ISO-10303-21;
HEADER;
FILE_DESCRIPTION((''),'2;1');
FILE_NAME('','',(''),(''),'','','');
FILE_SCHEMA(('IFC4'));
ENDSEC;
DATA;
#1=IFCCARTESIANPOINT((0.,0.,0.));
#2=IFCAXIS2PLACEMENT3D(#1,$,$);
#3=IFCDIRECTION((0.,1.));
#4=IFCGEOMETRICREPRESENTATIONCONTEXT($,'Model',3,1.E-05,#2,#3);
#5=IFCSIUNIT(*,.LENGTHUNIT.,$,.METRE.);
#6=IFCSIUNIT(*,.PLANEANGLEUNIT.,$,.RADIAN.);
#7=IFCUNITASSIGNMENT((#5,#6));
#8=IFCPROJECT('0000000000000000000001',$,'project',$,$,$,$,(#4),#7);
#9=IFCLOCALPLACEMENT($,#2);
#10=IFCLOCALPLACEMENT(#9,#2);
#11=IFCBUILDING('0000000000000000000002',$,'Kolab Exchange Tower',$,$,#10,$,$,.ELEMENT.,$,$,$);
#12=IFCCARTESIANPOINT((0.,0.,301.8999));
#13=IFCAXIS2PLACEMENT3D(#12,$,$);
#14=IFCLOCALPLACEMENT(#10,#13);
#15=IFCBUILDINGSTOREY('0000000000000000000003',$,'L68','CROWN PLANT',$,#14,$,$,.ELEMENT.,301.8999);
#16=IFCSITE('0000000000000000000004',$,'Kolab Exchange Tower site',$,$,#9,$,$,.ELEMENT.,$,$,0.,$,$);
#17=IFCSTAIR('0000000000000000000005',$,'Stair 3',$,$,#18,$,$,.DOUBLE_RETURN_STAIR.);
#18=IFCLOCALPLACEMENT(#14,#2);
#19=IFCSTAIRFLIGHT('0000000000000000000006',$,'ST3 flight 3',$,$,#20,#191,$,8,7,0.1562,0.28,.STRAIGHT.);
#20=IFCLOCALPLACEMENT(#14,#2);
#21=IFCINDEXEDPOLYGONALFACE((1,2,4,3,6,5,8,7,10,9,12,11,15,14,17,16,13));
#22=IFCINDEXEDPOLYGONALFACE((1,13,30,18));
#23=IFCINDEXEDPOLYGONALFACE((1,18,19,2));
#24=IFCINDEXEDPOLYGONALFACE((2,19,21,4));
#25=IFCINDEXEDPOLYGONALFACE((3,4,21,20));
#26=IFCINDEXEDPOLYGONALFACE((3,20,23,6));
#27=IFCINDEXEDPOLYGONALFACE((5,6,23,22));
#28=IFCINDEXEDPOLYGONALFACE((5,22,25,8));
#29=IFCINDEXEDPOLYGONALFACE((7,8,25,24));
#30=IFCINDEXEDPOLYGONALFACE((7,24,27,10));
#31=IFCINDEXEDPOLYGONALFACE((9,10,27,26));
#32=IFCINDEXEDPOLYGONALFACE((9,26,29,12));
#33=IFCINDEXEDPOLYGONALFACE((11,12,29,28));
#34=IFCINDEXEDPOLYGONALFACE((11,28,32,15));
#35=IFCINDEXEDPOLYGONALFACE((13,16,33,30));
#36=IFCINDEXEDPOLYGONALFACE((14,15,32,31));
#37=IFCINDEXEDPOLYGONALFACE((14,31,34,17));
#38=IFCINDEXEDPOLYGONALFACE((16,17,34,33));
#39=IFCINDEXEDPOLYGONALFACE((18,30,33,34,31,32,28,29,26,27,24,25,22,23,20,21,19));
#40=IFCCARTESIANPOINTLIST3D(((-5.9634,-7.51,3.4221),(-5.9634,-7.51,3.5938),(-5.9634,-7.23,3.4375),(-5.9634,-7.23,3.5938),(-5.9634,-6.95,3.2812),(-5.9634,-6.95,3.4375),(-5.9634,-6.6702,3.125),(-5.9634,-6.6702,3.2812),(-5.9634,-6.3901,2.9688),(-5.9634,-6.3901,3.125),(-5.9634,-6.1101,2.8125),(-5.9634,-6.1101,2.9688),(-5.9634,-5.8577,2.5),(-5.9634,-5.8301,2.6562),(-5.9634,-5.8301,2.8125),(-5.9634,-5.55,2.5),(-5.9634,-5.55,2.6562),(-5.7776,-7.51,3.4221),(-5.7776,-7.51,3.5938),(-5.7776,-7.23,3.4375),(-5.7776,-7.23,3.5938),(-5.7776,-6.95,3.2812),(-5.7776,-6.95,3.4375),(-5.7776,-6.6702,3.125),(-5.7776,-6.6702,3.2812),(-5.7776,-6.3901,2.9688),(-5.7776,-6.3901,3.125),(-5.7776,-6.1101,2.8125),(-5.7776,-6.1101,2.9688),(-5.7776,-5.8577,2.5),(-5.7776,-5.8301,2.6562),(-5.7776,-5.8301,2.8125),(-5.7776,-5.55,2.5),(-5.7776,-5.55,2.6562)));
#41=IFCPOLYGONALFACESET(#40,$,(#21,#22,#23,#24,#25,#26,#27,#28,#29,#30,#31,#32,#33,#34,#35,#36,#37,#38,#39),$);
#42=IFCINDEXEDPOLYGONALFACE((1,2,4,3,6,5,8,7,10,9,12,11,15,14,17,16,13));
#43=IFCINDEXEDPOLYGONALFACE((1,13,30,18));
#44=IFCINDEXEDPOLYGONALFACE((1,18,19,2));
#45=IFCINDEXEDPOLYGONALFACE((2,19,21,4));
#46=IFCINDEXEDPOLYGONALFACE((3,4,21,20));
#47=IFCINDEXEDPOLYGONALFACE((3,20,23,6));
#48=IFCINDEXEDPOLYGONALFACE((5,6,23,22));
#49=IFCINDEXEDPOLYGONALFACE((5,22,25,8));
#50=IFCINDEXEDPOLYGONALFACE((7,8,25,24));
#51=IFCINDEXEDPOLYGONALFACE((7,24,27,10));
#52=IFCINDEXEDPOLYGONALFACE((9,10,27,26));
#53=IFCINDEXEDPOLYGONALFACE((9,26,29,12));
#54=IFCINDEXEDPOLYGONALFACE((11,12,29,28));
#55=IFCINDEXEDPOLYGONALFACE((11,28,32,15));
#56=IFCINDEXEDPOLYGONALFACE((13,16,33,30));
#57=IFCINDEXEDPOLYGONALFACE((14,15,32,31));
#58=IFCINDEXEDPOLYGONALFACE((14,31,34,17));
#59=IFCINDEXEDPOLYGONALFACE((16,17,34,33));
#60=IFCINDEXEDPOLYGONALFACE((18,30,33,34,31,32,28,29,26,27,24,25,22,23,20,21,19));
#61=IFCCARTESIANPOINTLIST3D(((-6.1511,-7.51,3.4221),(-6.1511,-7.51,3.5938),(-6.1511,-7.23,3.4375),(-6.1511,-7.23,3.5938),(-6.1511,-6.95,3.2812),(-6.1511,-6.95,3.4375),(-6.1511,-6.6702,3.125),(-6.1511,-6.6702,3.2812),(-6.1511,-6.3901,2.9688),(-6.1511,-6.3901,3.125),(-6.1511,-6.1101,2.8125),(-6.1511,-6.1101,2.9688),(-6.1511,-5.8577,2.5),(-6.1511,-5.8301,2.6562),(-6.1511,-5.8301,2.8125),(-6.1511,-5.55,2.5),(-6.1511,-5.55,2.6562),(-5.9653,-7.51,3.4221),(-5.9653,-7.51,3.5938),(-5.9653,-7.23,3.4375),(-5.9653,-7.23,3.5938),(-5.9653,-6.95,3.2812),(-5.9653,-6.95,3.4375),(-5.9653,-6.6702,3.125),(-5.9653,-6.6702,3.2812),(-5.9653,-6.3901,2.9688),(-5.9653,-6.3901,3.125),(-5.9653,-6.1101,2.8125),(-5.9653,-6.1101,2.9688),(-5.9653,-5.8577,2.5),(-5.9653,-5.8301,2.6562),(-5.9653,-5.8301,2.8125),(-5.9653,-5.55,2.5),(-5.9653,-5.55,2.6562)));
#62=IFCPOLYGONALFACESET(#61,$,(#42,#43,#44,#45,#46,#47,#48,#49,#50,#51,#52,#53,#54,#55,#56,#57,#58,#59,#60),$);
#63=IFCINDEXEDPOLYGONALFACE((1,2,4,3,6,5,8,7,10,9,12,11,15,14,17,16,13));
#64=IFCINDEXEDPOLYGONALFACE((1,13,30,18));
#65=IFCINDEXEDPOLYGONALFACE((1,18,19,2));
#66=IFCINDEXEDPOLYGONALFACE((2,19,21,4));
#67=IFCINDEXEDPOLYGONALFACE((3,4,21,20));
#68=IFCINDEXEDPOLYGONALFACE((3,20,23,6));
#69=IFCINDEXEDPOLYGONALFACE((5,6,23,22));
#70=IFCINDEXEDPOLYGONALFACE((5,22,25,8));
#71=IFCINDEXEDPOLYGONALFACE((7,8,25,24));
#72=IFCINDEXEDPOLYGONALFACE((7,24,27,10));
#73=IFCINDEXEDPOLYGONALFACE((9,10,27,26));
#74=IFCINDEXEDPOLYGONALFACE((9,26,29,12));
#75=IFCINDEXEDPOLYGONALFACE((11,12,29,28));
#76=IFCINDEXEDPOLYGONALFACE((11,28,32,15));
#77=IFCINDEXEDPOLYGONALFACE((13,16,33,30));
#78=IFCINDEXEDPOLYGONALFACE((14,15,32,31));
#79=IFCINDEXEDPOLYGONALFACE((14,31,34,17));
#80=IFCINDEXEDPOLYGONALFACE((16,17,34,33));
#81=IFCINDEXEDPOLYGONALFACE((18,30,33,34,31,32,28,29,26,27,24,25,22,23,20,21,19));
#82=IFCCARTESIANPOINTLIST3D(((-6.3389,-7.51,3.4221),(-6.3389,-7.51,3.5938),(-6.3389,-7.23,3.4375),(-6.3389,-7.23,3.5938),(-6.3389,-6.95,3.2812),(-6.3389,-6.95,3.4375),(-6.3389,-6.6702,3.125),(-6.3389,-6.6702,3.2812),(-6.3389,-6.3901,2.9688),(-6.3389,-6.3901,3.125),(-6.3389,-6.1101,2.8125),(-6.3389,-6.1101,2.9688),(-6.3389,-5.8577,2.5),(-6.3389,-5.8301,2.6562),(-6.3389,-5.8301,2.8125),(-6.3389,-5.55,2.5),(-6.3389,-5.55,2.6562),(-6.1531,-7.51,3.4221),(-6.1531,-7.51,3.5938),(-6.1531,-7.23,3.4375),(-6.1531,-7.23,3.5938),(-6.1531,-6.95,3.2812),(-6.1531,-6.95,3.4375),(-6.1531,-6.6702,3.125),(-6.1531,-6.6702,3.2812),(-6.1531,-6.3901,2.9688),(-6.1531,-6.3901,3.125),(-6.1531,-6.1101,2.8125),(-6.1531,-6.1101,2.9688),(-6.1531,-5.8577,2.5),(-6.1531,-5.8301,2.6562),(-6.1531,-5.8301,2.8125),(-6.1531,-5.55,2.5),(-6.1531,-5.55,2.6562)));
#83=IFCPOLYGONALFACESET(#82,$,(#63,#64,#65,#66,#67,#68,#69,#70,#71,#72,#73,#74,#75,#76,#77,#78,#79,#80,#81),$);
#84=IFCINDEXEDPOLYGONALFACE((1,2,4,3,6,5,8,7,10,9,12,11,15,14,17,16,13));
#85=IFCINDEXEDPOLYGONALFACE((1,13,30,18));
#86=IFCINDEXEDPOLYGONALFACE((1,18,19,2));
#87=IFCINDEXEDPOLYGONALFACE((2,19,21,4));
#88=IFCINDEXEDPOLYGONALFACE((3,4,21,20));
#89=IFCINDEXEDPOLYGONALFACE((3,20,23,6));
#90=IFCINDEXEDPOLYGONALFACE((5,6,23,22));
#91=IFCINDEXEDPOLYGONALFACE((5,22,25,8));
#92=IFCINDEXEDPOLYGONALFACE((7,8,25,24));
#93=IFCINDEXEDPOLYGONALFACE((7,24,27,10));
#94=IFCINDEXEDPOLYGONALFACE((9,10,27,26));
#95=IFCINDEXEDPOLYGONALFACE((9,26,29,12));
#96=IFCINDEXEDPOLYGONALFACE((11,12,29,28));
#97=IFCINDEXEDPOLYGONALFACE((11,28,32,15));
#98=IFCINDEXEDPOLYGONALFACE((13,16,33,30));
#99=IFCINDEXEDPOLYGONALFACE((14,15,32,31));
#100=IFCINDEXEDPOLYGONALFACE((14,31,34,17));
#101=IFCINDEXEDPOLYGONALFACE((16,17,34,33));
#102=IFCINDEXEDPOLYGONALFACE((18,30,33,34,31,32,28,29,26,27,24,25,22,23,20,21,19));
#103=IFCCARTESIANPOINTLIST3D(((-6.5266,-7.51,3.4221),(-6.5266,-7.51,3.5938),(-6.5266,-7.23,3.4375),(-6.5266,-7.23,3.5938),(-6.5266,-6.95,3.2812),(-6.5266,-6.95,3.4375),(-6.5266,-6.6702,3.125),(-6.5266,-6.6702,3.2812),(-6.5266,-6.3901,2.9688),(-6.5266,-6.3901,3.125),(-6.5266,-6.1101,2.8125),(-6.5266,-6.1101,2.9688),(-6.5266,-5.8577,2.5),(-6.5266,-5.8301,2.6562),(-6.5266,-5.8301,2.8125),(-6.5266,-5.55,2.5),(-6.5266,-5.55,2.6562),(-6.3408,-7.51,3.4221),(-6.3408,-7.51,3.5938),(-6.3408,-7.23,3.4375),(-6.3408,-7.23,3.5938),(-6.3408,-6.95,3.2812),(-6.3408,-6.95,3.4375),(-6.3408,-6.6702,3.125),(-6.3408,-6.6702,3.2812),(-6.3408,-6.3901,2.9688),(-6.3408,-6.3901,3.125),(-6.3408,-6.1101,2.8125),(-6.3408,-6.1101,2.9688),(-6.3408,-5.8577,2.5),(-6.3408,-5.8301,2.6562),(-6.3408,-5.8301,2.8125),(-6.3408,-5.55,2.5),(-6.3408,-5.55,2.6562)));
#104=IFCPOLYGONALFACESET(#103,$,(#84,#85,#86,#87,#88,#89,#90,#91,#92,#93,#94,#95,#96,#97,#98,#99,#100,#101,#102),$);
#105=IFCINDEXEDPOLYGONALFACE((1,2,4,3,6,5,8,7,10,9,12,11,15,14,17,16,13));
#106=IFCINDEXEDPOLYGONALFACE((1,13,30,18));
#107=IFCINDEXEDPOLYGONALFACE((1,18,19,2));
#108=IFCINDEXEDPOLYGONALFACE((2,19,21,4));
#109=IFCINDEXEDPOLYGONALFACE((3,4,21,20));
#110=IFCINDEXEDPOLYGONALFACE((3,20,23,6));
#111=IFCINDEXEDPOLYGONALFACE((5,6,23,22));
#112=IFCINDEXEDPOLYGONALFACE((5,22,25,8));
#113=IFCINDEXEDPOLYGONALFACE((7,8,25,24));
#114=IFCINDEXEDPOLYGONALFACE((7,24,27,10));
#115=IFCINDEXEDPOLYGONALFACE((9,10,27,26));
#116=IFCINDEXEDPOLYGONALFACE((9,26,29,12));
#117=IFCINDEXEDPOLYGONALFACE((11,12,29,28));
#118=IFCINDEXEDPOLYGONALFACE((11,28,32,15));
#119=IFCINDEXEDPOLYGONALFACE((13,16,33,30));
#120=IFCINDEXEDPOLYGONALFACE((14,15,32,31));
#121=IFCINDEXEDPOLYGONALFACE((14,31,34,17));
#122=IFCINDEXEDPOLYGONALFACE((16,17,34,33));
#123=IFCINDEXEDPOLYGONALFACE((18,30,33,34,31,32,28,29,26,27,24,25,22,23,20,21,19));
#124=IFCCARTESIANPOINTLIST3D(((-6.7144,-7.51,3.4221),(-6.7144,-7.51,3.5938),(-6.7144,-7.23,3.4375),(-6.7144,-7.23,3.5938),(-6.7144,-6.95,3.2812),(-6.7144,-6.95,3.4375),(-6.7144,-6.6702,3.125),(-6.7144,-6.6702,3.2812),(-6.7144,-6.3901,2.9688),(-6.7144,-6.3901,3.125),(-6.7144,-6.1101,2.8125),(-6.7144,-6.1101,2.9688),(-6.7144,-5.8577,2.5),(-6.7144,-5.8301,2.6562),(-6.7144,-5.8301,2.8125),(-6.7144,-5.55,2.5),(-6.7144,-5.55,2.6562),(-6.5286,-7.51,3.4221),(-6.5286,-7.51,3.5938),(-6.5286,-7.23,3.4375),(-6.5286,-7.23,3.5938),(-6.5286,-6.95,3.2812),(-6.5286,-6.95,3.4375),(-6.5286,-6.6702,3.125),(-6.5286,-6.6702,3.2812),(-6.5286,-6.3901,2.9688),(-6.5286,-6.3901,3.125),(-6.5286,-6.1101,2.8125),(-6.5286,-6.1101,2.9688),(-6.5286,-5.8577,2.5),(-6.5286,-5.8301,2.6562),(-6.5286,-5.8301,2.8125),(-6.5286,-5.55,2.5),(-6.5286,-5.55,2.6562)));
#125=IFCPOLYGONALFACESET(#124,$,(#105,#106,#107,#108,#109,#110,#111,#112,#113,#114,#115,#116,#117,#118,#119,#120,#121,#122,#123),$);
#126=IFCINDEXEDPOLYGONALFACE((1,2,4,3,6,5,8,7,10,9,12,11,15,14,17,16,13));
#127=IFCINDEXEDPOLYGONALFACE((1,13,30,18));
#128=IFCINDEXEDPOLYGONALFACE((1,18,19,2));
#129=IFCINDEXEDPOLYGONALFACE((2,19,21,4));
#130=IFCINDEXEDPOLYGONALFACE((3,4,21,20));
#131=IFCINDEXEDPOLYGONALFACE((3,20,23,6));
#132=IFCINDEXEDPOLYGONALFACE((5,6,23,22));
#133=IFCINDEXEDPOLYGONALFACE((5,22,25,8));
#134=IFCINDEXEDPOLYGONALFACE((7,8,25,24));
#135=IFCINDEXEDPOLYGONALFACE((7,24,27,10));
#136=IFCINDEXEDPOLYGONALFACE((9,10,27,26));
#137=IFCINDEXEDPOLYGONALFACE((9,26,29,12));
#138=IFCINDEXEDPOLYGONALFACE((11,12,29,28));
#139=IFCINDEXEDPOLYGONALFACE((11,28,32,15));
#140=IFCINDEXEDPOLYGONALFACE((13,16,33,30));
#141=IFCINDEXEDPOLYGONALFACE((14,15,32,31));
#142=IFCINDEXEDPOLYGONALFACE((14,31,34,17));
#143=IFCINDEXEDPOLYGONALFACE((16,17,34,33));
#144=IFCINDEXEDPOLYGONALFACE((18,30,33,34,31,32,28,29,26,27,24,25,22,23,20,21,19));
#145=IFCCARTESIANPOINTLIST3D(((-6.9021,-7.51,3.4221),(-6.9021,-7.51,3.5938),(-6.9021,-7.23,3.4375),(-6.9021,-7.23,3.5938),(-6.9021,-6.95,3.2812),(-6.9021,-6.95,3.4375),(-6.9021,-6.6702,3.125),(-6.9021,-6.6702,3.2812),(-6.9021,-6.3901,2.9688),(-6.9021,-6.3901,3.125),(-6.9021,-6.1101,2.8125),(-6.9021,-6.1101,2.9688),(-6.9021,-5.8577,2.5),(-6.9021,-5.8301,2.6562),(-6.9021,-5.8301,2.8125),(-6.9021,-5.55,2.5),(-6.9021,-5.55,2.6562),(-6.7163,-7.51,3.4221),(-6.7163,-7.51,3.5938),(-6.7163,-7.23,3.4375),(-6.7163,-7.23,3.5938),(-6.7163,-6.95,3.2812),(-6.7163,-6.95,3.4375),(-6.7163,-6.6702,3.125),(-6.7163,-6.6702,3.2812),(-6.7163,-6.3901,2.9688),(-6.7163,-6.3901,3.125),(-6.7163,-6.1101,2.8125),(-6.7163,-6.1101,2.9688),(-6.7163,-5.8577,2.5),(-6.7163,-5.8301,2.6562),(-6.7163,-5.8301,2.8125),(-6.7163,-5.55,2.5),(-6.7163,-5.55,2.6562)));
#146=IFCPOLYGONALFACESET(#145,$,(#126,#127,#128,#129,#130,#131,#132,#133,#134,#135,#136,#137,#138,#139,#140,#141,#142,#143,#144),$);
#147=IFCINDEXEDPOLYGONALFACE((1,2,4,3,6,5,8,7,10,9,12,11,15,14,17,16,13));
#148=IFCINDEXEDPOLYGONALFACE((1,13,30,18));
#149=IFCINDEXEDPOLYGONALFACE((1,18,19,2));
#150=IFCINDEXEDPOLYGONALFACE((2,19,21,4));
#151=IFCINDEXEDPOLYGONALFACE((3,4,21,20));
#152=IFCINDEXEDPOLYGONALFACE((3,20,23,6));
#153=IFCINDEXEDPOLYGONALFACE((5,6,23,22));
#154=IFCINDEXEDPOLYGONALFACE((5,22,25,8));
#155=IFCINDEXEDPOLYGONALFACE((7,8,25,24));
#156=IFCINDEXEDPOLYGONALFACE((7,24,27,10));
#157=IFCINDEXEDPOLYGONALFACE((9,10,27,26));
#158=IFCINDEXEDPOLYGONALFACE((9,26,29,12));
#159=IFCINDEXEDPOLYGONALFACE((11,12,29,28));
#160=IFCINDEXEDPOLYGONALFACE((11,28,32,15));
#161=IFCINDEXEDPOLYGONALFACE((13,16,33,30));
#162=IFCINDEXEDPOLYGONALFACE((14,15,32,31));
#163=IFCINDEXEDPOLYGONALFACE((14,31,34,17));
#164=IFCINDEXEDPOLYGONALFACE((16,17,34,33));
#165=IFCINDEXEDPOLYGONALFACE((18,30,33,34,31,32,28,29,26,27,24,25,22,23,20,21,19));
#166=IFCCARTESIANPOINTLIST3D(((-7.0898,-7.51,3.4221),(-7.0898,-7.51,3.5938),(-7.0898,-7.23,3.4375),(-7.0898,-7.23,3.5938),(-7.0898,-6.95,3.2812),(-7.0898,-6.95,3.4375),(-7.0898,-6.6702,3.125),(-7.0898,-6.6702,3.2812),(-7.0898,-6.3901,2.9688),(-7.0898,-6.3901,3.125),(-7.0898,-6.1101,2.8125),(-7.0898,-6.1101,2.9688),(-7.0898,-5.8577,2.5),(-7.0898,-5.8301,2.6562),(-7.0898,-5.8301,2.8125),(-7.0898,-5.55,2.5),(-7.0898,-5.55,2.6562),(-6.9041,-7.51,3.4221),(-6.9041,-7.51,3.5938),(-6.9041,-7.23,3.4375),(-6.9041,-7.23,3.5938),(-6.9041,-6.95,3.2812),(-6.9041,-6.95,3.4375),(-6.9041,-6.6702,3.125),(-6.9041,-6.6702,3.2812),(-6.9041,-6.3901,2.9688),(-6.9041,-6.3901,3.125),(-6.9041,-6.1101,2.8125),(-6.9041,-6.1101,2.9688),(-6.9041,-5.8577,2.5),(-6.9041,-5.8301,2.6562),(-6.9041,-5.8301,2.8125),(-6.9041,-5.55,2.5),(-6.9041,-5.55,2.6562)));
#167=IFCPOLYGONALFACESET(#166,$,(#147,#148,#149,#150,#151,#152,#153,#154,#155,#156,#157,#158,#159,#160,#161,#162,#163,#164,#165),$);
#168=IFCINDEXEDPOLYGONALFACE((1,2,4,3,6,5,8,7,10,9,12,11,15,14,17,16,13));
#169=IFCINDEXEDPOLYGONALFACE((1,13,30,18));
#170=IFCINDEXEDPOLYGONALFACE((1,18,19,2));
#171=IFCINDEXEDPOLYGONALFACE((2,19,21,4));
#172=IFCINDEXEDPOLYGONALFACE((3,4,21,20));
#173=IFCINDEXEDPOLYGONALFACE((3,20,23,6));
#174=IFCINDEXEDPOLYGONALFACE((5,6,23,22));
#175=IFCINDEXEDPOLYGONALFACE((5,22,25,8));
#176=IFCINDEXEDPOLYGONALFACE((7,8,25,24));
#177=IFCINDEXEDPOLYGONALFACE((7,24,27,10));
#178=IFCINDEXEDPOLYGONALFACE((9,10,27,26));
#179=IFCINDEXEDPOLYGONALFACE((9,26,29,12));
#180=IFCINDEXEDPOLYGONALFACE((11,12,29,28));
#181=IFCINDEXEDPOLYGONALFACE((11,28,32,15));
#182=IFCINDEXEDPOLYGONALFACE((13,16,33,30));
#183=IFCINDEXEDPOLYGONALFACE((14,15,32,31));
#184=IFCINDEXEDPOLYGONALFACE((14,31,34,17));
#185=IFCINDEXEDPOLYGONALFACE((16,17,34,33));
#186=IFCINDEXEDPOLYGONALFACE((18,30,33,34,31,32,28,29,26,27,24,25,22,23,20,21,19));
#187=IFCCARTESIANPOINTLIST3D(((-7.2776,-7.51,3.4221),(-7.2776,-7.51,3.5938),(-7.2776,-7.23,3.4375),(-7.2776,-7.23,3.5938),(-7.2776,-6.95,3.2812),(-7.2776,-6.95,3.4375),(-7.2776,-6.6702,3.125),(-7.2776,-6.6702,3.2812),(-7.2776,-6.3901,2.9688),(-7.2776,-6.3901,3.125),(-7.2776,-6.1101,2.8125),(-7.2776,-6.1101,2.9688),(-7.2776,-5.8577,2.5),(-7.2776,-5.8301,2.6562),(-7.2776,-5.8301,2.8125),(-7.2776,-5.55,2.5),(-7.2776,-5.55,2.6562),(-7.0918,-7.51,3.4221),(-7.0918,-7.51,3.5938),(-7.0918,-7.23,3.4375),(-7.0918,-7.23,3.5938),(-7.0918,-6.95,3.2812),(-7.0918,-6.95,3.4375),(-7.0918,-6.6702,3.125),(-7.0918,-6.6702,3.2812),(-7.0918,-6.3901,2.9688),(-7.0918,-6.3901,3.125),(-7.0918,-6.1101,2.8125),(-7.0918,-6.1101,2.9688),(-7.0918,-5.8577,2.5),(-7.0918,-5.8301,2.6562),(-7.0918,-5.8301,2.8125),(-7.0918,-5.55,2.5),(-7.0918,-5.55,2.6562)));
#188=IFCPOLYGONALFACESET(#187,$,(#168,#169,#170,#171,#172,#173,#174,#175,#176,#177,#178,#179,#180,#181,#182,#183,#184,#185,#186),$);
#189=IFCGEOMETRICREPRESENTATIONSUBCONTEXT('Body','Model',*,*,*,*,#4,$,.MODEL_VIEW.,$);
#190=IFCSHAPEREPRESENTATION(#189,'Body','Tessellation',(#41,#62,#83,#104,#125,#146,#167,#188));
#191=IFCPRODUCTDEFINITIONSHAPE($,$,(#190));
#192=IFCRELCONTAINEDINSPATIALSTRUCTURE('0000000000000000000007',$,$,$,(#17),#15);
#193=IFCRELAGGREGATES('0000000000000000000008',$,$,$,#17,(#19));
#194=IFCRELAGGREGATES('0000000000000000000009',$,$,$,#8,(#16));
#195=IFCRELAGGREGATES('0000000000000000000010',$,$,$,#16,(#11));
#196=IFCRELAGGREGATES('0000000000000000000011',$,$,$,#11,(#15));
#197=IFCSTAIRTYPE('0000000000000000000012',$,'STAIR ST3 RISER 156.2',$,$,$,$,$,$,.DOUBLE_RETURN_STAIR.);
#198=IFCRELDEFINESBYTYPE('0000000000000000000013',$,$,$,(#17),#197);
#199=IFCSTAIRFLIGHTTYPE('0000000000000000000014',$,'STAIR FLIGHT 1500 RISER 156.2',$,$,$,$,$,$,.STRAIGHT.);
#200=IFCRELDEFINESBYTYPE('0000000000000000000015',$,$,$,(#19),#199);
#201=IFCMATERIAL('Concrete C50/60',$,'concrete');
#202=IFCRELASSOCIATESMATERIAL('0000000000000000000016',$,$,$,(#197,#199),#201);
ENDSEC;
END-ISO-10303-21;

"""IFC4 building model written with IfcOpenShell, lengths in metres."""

from ifc_helpers import new_model, si_unit, direction, frame, origin, place, context, subcontext, project, spatial, polyline, outline, extrude, material, type_object, element, aggregate, save


model = new_model("IFC4")

# Units and contexts
model_context = context("Model", 3, precision=1e-05, world=origin(), true_north=direction((0.0, 1.0)))
body_context = subcontext(model_context, "Body", "Model", "MODEL_VIEW")
ifc_project = project(units=[si_unit("LENGTHUNIT", "METRE"), si_unit("PLANEANGLEUNIT", "RADIAN")], contexts=[model_context])

# Site, building, storey
site_placement = place(None, origin())
site = spatial("IfcSite", under=ifc_project, at=site_placement, Name="Kolab Exchange Tower site", CompositionType="ELEMENT", RefElevation=0.0)
building_placement = place(site_placement, origin())
building = spatial("IfcBuilding", under=site, at=building_placement, Name="Kolab Exchange Tower", CompositionType="ELEMENT")
storey_placement = place(building_placement, frame((0.0, 0.0, 301.8999)))
storey = spatial("IfcBuildingStorey", under=building, at=storey_placement, Name="L68", Description="CROWN PLANT", CompositionType="ELEMENT", Elevation=301.8999)

# Shared definitions
ifc_material_1 = material(Name="Concrete C50/60", Category="concrete")

# Stair, stair flight
stair_type = type_object("IfcStairType", Name="STAIR ST3 RISER 156.2", PredefinedType="DOUBLE_RETURN_STAIR", material=ifc_material_1)
stair_placement = place(storey_placement, origin())
stair = element("IfcStair", 1, at=stair_placement, inside=storey, type_object=stair_type, Name="Stair 3", PredefinedType="DOUBLE_RETURN_STAIR")
stair_flight_type = type_object("IfcStairFlightType", Name="STAIR FLIGHT 1500 RISER 156.2", PredefinedType="STRAIGHT", material=ifc_material_1)
stair_flight_1_placement = place(storey_placement, frame((-6.5276, -5.55, 2.5), z_axis=(0.0, 0.0, 1.0), x_axis=(0.0, -1.0, 0.0)))
stair_flight_1 = element("IfcStairFlight", 2, at=stair_flight_1_placement, type_object=stair_flight_type, Name="ST3 flight 3", NumberOfRisers=8, NumberOfTreads=7, PredefinedType="STRAIGHT", RiserHeight=0.1562, TreadLength=0.28, context=body_context, shape_type="SweptSolid", body=[
    extrude(outline(polyline([(0.0, 0.0), (0.0, 0.1562), (0.28, 0.1562), (0.28, 0.3125), (0.5601, 0.3125), (0.5601, 0.4688), (0.8401, 0.4688), (0.8401, 0.625), (1.1201, 0.625), (1.1201, 0.7812), (1.3999, 0.7812), (1.3999, 0.9375), (1.6799, 0.9375), (1.6799, 1.0938), (1.96, 1.0938), (1.96, 1.25), (1.96, 0.9221), (0.3076, 0.0), (0.0, 0.0)])), frame((0.0, 0.75, 0.0), z_axis=(0.0, -1.0, 0.0), x_axis=(1.0, 0.0, 0.0)), (0.0, 0.0, 1.0), 0.1858),
    extrude(outline(polyline([(0.0, 0.0), (0.0, 0.1562), (0.28, 0.1562), (0.28, 0.3125), (0.5601, 0.3125), (0.5601, 0.4688), (0.8401, 0.4688), (0.8401, 0.625), (1.1201, 0.625), (1.1201, 0.7812), (1.3999, 0.7812), (1.3999, 0.9375), (1.6799, 0.9375), (1.6799, 1.0938), (1.96, 1.0938), (1.96, 1.25), (1.96, 0.9221), (0.3076, 0.0), (0.0, 0.0)])), frame((0.0, 0.5623, 0.0), z_axis=(0.0, -1.0, 0.0), x_axis=(1.0, 0.0, 0.0)), (0.0, 0.0, 1.0), 0.1858),
    extrude(outline(polyline([(0.0, 0.0), (0.0, 0.1562), (0.28, 0.1562), (0.28, 0.3125), (0.5601, 0.3125), (0.5601, 0.4688), (0.8401, 0.4688), (0.8401, 0.625), (1.1201, 0.625), (1.1201, 0.7812), (1.3999, 0.7812), (1.3999, 0.9375), (1.6799, 0.9375), (1.6799, 1.0938), (1.96, 1.0938), (1.96, 1.25), (1.96, 0.9221), (0.3076, 0.0), (0.0, 0.0)])), frame((0.0, 0.3745, 0.0), z_axis=(0.0, -1.0, 0.0), x_axis=(1.0, 0.0, 0.0)), (0.0, 0.0, 1.0), 0.1858),
    extrude(outline(polyline([(0.0, 0.0), (0.0, 0.1562), (0.28, 0.1562), (0.28, 0.3125), (0.5601, 0.3125), (0.5601, 0.4688), (0.8401, 0.4688), (0.8401, 0.625), (1.1201, 0.625), (1.1201, 0.7812), (1.3999, 0.7812), (1.3999, 0.9375), (1.6799, 0.9375), (1.6799, 1.0938), (1.96, 1.0938), (1.96, 1.25), (1.96, 0.9221), (0.3076, 0.0), (0.0, 0.0)])), frame((0.0, 0.1868, 0.0), z_axis=(0.0, -1.0, 0.0), x_axis=(1.0, 0.0, 0.0)), (0.0, 0.0, 1.0), 0.1858),
    extrude(outline(polyline([(0.0, 0.0), (0.0, 0.1562), (0.28, 0.1562), (0.28, 0.3125), (0.5601, 0.3125), (0.5601, 0.4688), (0.8401, 0.4688), (0.8401, 0.625), (1.1201, 0.625), (1.1201, 0.7812), (1.3999, 0.7812), (1.3999, 0.9375), (1.6799, 0.9375), (1.6799, 1.0938), (1.96, 1.0938), (1.96, 1.25), (1.96, 0.9221), (0.3076, 0.0), (0.0, 0.0)])), frame((0.0, -0.001, 0.0), z_axis=(0.0, -1.0, 0.0), x_axis=(1.0, 0.0, 0.0)), (0.0, 0.0, 1.0), 0.1858),
    extrude(outline(polyline([(0.0, 0.0), (0.0, 0.1562), (0.28, 0.1562), (0.28, 0.3125), (0.5601, 0.3125), (0.5601, 0.4688), (0.8401, 0.4688), (0.8401, 0.625), (1.1201, 0.625), (1.1201, 0.7812), (1.3999, 0.7812), (1.3999, 0.9375), (1.6799, 0.9375), (1.6799, 1.0938), (1.96, 1.0938), (1.96, 1.25), (1.96, 0.9221), (0.3076, 0.0), (0.0, 0.0)])), frame((0.0, -0.1887, 0.0), z_axis=(0.0, -1.0, 0.0), x_axis=(1.0, 0.0, 0.0)), (0.0, 0.0, 1.0), 0.1858),
    extrude(outline(polyline([(0.0, 0.0), (0.0, 0.1562), (0.28, 0.1562), (0.28, 0.3125), (0.5601, 0.3125), (0.5601, 0.4688), (0.8401, 0.4688), (0.8401, 0.625), (1.1201, 0.625), (1.1201, 0.7812), (1.3999, 0.7812), (1.3999, 0.9375), (1.6799, 0.9375), (1.6799, 1.0938), (1.96, 1.0938), (1.96, 1.25), (1.96, 0.9221), (0.3076, 0.0), (0.0, 0.0)])), frame((0.0, -0.3765, 0.0), z_axis=(0.0, -1.0, 0.0), x_axis=(1.0, 0.0, 0.0)), (0.0, 0.0, 1.0), 0.1858),
    extrude(outline(polyline([(0.0, 0.0), (0.0, 0.1562), (0.28, 0.1562), (0.28, 0.3125), (0.5601, 0.3125), (0.5601, 0.4688), (0.8401, 0.4688), (0.8401, 0.625), (1.1201, 0.625), (1.1201, 0.7812), (1.3999, 0.7812), (1.3999, 0.9375), (1.6799, 0.9375), (1.6799, 1.0938), (1.96, 1.0938), (1.96, 1.25), (1.96, 0.9221), (0.3076, 0.0), (0.0, 0.0)])), frame((0.0, -0.5642, 0.0), z_axis=(0.0, -1.0, 0.0), x_axis=(1.0, 0.0, 0.0)), (0.0, 0.0, 1.0), 0.1858),
])
aggregate(stair, [stair_flight_1])

save(model, "model.ifc")
